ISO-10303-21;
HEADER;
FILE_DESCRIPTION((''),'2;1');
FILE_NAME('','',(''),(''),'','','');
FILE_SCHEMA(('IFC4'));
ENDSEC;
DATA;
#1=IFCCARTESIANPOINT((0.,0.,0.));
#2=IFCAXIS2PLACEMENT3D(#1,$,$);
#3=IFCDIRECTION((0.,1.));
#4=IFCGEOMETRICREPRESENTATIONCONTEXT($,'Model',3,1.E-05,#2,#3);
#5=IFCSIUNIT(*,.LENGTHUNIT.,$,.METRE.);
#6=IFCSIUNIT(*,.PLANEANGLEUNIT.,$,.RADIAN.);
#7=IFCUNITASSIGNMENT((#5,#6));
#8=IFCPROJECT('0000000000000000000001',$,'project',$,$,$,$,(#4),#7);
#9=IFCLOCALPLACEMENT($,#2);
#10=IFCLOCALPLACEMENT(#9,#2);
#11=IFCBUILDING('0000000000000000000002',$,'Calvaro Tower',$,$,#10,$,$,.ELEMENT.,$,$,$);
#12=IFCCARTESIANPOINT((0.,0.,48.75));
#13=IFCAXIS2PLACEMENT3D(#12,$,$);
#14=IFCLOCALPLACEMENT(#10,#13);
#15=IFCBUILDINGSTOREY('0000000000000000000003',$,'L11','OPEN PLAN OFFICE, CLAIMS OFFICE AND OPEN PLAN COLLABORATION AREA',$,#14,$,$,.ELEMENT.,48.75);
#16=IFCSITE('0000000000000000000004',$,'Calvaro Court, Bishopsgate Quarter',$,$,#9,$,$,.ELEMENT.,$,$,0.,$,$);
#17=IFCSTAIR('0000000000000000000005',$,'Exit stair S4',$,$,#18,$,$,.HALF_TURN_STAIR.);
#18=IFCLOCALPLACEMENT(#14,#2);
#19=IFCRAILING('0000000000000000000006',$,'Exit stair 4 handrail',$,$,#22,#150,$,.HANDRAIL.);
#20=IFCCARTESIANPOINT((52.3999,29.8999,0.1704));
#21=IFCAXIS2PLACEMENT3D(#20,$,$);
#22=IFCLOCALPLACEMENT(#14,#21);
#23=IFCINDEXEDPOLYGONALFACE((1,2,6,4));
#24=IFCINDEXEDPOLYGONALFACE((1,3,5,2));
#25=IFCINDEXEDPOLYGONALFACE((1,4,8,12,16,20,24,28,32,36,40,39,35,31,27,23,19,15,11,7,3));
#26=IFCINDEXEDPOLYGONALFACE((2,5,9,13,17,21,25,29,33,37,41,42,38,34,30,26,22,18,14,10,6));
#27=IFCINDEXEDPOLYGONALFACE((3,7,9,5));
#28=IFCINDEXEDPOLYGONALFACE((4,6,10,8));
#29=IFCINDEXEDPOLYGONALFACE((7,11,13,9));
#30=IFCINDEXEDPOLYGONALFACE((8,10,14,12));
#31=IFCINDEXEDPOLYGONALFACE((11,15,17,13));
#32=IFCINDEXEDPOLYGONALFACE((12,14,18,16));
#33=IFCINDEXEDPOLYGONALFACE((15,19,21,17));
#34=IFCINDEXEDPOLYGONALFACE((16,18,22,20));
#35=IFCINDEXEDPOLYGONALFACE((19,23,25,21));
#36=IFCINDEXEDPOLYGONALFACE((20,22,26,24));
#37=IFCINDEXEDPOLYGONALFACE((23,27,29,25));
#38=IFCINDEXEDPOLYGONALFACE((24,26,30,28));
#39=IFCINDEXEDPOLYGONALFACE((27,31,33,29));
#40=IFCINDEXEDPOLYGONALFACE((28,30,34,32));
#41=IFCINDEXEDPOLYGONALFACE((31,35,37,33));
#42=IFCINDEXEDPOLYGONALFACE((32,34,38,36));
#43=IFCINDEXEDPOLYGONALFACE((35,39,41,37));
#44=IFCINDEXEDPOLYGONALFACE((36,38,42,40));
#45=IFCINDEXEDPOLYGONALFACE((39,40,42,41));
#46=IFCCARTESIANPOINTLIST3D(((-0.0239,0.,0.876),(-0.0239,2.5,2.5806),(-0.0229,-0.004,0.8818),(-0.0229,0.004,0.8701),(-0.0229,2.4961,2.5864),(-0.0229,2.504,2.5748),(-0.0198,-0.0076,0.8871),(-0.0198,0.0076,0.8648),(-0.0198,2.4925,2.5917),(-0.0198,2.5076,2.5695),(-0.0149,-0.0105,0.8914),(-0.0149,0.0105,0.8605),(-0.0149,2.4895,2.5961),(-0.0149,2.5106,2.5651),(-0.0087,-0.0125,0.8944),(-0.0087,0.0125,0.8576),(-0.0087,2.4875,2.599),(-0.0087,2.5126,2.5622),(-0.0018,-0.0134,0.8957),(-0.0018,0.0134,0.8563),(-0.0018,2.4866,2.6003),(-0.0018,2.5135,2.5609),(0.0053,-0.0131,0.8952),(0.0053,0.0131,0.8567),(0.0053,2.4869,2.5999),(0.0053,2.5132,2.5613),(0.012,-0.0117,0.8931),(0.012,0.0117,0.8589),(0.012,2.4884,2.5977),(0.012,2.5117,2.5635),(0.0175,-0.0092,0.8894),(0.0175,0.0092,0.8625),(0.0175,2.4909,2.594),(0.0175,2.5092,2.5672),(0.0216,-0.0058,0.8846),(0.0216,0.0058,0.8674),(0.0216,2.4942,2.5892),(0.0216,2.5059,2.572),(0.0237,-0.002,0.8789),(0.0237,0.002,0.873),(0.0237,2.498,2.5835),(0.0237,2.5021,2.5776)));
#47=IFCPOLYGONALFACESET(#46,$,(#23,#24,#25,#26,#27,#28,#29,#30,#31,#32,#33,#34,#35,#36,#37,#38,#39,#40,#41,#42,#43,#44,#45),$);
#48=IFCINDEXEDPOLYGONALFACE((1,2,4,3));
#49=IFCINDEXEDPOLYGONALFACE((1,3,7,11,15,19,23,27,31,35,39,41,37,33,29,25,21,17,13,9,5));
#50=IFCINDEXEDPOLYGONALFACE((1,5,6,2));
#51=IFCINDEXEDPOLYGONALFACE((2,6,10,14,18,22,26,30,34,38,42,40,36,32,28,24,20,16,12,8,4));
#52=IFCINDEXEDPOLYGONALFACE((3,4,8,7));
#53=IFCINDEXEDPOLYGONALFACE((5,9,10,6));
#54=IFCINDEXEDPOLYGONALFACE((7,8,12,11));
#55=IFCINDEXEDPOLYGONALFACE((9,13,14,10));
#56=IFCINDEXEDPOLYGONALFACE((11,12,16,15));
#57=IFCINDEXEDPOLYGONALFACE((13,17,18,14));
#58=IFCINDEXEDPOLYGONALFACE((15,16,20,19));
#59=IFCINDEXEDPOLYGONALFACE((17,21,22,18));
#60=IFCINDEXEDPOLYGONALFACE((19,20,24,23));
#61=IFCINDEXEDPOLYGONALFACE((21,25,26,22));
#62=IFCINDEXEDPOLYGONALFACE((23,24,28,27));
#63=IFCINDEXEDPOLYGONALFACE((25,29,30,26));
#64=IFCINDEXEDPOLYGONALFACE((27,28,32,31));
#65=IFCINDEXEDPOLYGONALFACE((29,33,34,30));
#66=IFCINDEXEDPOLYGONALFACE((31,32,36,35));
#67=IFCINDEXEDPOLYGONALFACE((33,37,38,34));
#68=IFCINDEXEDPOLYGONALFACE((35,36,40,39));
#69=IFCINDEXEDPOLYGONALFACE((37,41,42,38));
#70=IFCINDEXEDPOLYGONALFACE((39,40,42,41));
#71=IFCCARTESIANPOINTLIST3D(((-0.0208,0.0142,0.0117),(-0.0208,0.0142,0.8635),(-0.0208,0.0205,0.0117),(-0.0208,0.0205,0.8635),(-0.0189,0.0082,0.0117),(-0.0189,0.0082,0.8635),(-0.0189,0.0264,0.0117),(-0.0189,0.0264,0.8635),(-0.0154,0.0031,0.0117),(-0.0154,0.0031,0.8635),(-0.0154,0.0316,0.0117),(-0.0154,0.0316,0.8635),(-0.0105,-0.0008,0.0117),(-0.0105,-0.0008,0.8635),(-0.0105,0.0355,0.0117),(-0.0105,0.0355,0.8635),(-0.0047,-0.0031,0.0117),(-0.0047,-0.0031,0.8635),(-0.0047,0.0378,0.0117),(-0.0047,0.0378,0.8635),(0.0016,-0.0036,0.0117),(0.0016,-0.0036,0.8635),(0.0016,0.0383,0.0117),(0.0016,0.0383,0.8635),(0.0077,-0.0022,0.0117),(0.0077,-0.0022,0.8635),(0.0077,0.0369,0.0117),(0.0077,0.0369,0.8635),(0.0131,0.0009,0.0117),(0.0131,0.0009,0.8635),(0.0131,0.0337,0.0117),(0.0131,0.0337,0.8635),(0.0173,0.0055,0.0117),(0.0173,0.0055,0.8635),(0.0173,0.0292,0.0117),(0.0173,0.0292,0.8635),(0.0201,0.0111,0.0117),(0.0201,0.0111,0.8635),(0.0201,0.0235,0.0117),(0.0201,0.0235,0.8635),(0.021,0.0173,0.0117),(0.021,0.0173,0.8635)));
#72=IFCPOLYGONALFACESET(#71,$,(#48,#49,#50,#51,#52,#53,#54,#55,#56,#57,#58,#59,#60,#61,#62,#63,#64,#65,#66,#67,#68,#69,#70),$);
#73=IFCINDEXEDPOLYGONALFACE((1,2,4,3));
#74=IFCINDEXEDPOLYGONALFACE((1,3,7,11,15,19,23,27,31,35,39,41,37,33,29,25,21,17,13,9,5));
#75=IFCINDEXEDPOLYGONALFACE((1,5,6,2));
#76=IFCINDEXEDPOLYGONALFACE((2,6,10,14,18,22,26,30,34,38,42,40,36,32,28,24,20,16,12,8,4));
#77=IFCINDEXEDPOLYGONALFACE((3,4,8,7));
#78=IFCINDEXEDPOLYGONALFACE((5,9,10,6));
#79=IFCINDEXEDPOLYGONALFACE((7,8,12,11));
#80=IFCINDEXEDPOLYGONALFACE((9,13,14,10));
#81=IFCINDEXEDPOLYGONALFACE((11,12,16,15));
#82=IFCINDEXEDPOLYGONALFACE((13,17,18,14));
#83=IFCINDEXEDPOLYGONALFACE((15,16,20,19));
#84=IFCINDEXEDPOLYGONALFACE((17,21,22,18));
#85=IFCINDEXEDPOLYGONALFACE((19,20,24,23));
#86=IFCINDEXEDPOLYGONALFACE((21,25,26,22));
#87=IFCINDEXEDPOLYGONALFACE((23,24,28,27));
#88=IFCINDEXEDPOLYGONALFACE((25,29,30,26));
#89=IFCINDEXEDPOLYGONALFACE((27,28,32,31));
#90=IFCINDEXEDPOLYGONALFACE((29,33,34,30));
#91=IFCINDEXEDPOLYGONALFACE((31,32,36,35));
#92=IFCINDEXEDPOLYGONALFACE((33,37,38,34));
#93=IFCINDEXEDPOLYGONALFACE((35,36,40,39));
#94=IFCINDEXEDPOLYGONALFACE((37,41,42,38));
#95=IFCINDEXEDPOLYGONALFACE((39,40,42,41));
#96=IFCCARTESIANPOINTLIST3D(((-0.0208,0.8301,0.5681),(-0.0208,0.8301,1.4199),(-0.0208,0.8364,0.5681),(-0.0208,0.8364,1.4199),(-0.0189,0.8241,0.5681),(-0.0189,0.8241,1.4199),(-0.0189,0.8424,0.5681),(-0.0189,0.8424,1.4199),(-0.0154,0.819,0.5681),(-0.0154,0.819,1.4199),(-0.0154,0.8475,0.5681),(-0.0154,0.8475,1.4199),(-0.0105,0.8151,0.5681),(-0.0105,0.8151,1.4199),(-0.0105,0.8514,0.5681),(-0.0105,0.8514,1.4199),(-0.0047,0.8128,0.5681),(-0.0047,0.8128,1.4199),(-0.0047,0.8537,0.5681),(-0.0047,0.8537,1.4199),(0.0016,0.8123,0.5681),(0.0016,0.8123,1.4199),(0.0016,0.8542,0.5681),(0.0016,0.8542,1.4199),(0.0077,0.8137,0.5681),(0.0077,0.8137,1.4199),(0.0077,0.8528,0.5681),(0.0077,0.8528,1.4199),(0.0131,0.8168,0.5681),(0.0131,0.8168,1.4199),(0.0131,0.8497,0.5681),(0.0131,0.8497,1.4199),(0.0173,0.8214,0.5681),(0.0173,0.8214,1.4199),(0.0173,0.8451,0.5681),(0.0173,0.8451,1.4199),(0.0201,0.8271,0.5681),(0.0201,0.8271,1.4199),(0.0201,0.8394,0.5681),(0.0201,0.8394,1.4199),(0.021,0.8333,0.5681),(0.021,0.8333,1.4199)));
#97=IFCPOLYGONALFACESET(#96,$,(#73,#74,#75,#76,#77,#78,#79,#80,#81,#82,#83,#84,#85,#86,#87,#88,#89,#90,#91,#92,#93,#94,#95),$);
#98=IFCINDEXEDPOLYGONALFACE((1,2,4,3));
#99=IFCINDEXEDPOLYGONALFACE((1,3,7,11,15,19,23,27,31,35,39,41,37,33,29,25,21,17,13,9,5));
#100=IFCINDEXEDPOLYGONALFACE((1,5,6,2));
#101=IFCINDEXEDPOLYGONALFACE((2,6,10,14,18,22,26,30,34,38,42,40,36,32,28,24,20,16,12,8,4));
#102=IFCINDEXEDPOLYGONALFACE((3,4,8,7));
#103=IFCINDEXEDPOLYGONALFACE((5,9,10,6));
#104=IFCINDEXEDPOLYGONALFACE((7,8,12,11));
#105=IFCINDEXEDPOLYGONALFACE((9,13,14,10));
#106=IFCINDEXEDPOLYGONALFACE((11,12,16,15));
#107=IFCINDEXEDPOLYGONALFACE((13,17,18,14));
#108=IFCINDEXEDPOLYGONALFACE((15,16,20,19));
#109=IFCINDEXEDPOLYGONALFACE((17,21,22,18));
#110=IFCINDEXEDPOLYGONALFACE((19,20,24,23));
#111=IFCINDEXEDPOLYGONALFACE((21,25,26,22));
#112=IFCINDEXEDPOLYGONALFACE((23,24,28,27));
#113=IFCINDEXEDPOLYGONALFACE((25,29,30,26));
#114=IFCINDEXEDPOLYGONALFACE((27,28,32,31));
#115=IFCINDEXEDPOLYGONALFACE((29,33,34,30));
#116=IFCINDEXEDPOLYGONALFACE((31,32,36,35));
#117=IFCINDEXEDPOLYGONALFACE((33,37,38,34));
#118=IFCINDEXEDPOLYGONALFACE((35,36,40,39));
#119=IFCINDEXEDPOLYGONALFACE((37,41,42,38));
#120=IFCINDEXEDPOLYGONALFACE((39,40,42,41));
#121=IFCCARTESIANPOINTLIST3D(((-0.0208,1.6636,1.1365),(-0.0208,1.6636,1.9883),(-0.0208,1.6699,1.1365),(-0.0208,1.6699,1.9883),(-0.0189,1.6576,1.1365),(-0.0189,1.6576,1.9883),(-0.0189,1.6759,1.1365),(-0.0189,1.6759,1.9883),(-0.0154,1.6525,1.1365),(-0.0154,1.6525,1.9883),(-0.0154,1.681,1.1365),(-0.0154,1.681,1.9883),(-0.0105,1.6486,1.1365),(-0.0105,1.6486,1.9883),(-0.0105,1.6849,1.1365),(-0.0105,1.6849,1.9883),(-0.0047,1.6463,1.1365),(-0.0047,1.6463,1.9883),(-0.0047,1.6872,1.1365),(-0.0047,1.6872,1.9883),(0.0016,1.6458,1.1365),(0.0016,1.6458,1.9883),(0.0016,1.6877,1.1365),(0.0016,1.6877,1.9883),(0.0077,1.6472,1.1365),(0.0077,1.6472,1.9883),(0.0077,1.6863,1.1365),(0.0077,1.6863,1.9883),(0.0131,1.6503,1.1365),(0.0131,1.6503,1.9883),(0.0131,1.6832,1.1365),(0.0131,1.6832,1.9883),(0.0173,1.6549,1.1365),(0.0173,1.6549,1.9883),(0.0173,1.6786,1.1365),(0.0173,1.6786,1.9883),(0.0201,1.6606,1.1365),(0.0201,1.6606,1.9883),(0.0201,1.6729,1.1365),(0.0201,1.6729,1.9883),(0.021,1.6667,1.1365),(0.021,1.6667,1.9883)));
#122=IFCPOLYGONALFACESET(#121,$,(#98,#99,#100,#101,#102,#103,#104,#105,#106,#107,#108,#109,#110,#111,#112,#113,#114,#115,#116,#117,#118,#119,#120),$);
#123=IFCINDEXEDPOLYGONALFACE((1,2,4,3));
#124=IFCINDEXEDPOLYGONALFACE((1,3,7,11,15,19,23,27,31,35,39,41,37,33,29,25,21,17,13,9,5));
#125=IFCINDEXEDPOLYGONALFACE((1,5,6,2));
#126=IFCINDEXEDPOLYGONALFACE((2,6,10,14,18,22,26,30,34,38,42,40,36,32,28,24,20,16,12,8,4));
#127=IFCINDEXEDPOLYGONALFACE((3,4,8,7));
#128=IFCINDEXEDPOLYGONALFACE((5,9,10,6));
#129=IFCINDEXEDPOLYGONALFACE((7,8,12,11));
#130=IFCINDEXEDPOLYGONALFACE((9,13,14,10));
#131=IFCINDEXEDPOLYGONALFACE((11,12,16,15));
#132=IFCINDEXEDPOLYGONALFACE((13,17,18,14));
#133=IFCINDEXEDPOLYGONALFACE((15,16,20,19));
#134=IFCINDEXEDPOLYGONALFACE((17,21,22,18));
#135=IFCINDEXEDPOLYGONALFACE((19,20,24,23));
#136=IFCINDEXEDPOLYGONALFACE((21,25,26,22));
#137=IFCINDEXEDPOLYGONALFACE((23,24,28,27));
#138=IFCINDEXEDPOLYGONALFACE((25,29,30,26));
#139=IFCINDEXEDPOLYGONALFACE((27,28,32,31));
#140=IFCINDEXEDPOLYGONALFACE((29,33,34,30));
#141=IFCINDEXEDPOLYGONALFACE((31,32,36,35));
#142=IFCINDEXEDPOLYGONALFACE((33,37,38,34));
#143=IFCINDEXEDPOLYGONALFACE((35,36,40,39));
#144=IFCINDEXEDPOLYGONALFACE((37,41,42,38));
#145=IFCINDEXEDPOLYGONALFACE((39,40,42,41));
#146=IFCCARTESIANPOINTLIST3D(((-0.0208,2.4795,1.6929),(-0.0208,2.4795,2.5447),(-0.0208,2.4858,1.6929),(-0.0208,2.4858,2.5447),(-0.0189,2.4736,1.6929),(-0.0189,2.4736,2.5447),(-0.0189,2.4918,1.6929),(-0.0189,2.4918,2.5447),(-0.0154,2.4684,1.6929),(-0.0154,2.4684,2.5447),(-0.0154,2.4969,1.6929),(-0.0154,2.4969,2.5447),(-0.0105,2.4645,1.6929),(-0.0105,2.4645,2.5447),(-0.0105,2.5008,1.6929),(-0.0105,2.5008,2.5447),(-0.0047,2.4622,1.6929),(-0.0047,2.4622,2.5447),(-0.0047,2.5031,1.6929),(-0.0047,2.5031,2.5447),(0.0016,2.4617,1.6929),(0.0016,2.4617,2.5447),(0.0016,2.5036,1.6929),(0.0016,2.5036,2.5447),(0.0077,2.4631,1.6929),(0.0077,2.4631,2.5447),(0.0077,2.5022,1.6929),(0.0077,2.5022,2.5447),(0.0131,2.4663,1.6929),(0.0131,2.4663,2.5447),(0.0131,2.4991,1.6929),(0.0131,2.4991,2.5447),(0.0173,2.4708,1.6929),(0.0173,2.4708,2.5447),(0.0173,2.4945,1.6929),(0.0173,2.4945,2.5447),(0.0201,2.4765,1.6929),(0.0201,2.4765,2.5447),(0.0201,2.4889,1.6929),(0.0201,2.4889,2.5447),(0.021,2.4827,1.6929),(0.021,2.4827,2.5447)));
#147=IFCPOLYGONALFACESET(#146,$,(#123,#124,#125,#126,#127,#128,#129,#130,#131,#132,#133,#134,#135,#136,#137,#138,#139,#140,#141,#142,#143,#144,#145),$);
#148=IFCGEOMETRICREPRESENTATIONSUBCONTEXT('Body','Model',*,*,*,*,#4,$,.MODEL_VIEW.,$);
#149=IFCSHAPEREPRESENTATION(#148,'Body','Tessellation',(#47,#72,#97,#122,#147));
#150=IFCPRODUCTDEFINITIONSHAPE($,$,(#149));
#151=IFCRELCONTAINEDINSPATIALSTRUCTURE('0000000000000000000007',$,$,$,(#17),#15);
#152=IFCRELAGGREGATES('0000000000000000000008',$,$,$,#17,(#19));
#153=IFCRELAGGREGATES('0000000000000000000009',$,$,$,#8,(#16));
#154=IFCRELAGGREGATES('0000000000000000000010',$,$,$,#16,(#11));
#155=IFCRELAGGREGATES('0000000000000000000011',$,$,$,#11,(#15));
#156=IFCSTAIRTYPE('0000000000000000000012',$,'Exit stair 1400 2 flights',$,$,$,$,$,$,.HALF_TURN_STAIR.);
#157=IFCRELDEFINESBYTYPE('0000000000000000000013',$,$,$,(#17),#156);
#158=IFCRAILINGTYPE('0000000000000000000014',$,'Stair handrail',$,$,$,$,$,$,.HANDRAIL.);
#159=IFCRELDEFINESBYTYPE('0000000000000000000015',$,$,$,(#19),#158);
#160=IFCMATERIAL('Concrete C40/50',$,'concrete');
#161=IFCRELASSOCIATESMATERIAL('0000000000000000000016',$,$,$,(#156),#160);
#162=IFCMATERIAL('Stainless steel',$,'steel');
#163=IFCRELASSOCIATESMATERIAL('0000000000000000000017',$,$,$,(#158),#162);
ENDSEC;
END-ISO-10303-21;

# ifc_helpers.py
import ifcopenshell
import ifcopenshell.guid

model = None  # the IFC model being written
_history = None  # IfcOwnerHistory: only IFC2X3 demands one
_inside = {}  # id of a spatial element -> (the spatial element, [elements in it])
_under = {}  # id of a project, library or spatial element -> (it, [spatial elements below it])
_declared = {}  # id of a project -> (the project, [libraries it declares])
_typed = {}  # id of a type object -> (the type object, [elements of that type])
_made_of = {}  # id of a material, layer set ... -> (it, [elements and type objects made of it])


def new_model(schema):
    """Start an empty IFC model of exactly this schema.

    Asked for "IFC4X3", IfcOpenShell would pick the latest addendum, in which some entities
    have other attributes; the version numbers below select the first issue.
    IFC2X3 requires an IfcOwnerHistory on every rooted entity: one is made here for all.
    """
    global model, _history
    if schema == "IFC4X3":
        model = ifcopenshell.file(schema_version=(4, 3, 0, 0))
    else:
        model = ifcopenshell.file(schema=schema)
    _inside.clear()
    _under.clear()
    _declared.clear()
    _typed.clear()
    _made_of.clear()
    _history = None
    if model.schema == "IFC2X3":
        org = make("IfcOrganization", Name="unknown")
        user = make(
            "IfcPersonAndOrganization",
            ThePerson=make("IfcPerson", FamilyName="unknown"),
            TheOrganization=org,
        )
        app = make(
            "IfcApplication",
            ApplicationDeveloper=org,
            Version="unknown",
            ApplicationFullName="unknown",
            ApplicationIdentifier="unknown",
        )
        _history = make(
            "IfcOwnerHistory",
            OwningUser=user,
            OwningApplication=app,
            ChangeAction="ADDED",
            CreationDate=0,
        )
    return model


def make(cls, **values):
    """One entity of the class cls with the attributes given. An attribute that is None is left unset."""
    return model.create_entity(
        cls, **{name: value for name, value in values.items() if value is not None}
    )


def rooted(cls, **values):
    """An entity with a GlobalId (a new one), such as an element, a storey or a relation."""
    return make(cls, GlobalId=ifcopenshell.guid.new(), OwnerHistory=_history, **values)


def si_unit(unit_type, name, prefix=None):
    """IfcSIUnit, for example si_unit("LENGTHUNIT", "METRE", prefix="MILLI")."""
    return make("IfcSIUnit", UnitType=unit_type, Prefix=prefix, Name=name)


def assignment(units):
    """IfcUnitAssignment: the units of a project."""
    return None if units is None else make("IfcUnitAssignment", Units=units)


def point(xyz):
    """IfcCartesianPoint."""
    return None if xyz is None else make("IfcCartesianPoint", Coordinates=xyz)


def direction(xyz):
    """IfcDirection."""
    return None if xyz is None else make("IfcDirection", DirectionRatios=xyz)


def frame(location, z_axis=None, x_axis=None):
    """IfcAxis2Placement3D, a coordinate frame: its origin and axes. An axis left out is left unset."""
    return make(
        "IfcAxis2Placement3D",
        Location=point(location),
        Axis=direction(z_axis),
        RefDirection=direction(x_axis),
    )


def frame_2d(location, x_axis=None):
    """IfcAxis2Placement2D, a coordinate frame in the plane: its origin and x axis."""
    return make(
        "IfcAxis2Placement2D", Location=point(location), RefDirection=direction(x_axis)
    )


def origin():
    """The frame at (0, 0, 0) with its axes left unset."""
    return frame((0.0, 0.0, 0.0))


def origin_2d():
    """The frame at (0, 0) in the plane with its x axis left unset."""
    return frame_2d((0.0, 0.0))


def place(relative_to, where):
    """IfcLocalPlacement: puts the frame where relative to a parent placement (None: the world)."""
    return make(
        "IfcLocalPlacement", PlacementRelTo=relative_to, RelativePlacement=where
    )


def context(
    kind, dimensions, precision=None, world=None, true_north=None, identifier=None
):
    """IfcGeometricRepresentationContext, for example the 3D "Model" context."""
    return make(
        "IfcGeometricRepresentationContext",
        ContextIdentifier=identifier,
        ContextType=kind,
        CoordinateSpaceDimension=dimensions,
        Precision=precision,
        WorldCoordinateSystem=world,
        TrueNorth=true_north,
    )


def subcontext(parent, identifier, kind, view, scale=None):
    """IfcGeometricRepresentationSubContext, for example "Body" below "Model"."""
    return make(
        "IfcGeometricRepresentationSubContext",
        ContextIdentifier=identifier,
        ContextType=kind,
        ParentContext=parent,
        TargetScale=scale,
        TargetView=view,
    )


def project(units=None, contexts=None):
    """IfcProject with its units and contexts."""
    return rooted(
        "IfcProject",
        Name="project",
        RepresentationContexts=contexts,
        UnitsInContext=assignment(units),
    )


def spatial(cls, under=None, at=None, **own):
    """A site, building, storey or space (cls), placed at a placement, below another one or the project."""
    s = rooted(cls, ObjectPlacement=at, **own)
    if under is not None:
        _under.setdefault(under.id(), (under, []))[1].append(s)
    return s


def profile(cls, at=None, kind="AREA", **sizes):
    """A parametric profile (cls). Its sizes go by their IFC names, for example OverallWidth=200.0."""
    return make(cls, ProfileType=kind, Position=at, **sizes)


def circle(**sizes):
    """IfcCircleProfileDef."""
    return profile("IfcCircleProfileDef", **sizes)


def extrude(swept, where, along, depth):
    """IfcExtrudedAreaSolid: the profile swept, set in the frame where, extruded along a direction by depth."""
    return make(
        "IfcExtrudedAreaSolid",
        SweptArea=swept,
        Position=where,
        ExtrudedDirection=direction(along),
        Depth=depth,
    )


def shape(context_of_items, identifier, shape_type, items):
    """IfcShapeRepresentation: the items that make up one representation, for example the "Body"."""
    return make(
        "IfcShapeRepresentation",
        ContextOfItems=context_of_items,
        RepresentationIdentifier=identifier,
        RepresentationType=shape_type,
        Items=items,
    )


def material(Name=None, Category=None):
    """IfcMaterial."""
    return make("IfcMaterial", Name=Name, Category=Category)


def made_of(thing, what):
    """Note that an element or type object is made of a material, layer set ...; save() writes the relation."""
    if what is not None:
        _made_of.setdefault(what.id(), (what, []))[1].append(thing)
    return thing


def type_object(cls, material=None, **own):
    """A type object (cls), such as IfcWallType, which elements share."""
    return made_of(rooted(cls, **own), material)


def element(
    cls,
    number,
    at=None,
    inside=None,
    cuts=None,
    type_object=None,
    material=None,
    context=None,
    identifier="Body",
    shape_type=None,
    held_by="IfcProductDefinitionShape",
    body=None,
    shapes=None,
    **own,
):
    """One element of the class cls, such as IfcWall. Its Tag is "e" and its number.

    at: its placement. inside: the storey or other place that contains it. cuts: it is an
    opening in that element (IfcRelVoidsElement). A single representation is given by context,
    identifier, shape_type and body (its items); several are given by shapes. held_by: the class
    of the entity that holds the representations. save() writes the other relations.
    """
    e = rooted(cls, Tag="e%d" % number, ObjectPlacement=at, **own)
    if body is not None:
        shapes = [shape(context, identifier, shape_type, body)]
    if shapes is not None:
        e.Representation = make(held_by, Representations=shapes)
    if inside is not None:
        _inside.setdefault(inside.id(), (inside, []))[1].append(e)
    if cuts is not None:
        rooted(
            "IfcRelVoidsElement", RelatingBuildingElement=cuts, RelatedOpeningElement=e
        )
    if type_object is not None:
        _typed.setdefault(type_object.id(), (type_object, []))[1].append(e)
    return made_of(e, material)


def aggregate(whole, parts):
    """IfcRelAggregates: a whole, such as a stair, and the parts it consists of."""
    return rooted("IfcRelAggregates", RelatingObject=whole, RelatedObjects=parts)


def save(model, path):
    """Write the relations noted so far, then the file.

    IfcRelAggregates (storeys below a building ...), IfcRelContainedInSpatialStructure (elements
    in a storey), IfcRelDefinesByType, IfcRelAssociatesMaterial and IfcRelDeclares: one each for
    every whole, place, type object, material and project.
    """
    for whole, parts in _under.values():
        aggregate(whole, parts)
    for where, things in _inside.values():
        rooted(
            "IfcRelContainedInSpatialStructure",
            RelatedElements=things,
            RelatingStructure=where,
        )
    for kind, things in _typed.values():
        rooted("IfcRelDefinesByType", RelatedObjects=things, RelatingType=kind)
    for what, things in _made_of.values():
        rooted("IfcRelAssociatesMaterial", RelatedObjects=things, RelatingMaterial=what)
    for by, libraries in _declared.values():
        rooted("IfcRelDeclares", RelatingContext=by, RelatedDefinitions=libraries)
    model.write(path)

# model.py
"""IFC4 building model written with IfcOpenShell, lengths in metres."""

from ifc_helpers import new_model, si_unit, direction, frame, origin, origin_2d, place, context, subcontext, project, spatial, circle, extrude, material, type_object, element, aggregate, save


model = new_model("IFC4")

# Units and contexts
model_context = context("Model", 3, precision=1e-05, world=origin(), true_north=direction((0.0, 1.0)))
body_context = subcontext(model_context, "Body", "Model", "MODEL_VIEW")
ifc_project = project(units=[si_unit("LENGTHUNIT", "METRE"), si_unit("PLANEANGLEUNIT", "RADIAN")], contexts=[model_context])

# Site, building, storey
site_placement = place(None, origin())
site = spatial("IfcSite", under=ifc_project, at=site_placement, Name="Calvaro Court, Bishopsgate Quarter", CompositionType="ELEMENT", RefElevation=0.0)
building_placement = place(site_placement, origin())
building = spatial("IfcBuilding", under=site, at=building_placement, Name="Calvaro Tower", CompositionType="ELEMENT")
storey_placement = place(building_placement, frame((0.0, 0.0, 48.75)))
storey = spatial("IfcBuildingStorey", under=building, at=storey_placement, Name="L11", Description="OPEN PLAN OFFICE, CLAIMS OFFICE AND OPEN PLAN COLLABORATION AREA", CompositionType="ELEMENT", Elevation=48.75)

# Stair
ifc_material_1 = material(Name="Concrete C40/50", Category="concrete")
stair_type = type_object("IfcStairType", Name="Exit stair 1400 2 flights", PredefinedType="HALF_TURN_STAIR", material=ifc_material_1)
stair_1_placement = place(storey_placement, origin())
stair_1 = element("IfcStair", 1, at=stair_1_placement, inside=storey, type_object=stair_type, Name="Exit stair S4", PredefinedType="HALF_TURN_STAIR")

# Railing
ifc_material_2 = material(Name="Stainless steel", Category="steel")
railing_type = type_object("IfcRailingType", Name="Stair handrail", PredefinedType="HANDRAIL", material=ifc_material_2)
railing_1_placement = place(storey_placement, frame((52.3999, 29.8999, 0.1704)))
railing_1 = element("IfcRailing", 2, at=railing_1_placement, type_object=railing_type, Name="Exit stair 4 handrail", PredefinedType="HANDRAIL", context=body_context, shape_type="SweptSolid", body=[
    extrude(circle(Radius=0.0239, at=origin_2d()), frame((0.0, 0.0, 0.876), z_axis=(0.0, 0.826221, 0.563347), x_axis=(-1.0, 0.0, 0.0)), (0.0, 0.0, 1.0), 3.0259),
    extrude(circle(Radius=0.021, at=origin_2d()), frame((0.0, 0.0173, 0.0117)), (0.0, 0.0, 1.0), 0.8518),
    extrude(circle(Radius=0.021, at=origin_2d()), frame((0.0, 0.8333, 0.5681)), (0.0, 0.0, 1.0), 0.8518),
    extrude(circle(Radius=0.021, at=origin_2d()), frame((0.0, 1.6667, 1.1365)), (0.0, 0.0, 1.0), 0.8518),
    extrude(circle(Radius=0.021, at=origin_2d()), frame((0.0, 2.4827, 1.6929)), (0.0, 0.0, 1.0), 0.8518),
])
aggregate(stair_1, [railing_1])

save(model, "model.ifc")
